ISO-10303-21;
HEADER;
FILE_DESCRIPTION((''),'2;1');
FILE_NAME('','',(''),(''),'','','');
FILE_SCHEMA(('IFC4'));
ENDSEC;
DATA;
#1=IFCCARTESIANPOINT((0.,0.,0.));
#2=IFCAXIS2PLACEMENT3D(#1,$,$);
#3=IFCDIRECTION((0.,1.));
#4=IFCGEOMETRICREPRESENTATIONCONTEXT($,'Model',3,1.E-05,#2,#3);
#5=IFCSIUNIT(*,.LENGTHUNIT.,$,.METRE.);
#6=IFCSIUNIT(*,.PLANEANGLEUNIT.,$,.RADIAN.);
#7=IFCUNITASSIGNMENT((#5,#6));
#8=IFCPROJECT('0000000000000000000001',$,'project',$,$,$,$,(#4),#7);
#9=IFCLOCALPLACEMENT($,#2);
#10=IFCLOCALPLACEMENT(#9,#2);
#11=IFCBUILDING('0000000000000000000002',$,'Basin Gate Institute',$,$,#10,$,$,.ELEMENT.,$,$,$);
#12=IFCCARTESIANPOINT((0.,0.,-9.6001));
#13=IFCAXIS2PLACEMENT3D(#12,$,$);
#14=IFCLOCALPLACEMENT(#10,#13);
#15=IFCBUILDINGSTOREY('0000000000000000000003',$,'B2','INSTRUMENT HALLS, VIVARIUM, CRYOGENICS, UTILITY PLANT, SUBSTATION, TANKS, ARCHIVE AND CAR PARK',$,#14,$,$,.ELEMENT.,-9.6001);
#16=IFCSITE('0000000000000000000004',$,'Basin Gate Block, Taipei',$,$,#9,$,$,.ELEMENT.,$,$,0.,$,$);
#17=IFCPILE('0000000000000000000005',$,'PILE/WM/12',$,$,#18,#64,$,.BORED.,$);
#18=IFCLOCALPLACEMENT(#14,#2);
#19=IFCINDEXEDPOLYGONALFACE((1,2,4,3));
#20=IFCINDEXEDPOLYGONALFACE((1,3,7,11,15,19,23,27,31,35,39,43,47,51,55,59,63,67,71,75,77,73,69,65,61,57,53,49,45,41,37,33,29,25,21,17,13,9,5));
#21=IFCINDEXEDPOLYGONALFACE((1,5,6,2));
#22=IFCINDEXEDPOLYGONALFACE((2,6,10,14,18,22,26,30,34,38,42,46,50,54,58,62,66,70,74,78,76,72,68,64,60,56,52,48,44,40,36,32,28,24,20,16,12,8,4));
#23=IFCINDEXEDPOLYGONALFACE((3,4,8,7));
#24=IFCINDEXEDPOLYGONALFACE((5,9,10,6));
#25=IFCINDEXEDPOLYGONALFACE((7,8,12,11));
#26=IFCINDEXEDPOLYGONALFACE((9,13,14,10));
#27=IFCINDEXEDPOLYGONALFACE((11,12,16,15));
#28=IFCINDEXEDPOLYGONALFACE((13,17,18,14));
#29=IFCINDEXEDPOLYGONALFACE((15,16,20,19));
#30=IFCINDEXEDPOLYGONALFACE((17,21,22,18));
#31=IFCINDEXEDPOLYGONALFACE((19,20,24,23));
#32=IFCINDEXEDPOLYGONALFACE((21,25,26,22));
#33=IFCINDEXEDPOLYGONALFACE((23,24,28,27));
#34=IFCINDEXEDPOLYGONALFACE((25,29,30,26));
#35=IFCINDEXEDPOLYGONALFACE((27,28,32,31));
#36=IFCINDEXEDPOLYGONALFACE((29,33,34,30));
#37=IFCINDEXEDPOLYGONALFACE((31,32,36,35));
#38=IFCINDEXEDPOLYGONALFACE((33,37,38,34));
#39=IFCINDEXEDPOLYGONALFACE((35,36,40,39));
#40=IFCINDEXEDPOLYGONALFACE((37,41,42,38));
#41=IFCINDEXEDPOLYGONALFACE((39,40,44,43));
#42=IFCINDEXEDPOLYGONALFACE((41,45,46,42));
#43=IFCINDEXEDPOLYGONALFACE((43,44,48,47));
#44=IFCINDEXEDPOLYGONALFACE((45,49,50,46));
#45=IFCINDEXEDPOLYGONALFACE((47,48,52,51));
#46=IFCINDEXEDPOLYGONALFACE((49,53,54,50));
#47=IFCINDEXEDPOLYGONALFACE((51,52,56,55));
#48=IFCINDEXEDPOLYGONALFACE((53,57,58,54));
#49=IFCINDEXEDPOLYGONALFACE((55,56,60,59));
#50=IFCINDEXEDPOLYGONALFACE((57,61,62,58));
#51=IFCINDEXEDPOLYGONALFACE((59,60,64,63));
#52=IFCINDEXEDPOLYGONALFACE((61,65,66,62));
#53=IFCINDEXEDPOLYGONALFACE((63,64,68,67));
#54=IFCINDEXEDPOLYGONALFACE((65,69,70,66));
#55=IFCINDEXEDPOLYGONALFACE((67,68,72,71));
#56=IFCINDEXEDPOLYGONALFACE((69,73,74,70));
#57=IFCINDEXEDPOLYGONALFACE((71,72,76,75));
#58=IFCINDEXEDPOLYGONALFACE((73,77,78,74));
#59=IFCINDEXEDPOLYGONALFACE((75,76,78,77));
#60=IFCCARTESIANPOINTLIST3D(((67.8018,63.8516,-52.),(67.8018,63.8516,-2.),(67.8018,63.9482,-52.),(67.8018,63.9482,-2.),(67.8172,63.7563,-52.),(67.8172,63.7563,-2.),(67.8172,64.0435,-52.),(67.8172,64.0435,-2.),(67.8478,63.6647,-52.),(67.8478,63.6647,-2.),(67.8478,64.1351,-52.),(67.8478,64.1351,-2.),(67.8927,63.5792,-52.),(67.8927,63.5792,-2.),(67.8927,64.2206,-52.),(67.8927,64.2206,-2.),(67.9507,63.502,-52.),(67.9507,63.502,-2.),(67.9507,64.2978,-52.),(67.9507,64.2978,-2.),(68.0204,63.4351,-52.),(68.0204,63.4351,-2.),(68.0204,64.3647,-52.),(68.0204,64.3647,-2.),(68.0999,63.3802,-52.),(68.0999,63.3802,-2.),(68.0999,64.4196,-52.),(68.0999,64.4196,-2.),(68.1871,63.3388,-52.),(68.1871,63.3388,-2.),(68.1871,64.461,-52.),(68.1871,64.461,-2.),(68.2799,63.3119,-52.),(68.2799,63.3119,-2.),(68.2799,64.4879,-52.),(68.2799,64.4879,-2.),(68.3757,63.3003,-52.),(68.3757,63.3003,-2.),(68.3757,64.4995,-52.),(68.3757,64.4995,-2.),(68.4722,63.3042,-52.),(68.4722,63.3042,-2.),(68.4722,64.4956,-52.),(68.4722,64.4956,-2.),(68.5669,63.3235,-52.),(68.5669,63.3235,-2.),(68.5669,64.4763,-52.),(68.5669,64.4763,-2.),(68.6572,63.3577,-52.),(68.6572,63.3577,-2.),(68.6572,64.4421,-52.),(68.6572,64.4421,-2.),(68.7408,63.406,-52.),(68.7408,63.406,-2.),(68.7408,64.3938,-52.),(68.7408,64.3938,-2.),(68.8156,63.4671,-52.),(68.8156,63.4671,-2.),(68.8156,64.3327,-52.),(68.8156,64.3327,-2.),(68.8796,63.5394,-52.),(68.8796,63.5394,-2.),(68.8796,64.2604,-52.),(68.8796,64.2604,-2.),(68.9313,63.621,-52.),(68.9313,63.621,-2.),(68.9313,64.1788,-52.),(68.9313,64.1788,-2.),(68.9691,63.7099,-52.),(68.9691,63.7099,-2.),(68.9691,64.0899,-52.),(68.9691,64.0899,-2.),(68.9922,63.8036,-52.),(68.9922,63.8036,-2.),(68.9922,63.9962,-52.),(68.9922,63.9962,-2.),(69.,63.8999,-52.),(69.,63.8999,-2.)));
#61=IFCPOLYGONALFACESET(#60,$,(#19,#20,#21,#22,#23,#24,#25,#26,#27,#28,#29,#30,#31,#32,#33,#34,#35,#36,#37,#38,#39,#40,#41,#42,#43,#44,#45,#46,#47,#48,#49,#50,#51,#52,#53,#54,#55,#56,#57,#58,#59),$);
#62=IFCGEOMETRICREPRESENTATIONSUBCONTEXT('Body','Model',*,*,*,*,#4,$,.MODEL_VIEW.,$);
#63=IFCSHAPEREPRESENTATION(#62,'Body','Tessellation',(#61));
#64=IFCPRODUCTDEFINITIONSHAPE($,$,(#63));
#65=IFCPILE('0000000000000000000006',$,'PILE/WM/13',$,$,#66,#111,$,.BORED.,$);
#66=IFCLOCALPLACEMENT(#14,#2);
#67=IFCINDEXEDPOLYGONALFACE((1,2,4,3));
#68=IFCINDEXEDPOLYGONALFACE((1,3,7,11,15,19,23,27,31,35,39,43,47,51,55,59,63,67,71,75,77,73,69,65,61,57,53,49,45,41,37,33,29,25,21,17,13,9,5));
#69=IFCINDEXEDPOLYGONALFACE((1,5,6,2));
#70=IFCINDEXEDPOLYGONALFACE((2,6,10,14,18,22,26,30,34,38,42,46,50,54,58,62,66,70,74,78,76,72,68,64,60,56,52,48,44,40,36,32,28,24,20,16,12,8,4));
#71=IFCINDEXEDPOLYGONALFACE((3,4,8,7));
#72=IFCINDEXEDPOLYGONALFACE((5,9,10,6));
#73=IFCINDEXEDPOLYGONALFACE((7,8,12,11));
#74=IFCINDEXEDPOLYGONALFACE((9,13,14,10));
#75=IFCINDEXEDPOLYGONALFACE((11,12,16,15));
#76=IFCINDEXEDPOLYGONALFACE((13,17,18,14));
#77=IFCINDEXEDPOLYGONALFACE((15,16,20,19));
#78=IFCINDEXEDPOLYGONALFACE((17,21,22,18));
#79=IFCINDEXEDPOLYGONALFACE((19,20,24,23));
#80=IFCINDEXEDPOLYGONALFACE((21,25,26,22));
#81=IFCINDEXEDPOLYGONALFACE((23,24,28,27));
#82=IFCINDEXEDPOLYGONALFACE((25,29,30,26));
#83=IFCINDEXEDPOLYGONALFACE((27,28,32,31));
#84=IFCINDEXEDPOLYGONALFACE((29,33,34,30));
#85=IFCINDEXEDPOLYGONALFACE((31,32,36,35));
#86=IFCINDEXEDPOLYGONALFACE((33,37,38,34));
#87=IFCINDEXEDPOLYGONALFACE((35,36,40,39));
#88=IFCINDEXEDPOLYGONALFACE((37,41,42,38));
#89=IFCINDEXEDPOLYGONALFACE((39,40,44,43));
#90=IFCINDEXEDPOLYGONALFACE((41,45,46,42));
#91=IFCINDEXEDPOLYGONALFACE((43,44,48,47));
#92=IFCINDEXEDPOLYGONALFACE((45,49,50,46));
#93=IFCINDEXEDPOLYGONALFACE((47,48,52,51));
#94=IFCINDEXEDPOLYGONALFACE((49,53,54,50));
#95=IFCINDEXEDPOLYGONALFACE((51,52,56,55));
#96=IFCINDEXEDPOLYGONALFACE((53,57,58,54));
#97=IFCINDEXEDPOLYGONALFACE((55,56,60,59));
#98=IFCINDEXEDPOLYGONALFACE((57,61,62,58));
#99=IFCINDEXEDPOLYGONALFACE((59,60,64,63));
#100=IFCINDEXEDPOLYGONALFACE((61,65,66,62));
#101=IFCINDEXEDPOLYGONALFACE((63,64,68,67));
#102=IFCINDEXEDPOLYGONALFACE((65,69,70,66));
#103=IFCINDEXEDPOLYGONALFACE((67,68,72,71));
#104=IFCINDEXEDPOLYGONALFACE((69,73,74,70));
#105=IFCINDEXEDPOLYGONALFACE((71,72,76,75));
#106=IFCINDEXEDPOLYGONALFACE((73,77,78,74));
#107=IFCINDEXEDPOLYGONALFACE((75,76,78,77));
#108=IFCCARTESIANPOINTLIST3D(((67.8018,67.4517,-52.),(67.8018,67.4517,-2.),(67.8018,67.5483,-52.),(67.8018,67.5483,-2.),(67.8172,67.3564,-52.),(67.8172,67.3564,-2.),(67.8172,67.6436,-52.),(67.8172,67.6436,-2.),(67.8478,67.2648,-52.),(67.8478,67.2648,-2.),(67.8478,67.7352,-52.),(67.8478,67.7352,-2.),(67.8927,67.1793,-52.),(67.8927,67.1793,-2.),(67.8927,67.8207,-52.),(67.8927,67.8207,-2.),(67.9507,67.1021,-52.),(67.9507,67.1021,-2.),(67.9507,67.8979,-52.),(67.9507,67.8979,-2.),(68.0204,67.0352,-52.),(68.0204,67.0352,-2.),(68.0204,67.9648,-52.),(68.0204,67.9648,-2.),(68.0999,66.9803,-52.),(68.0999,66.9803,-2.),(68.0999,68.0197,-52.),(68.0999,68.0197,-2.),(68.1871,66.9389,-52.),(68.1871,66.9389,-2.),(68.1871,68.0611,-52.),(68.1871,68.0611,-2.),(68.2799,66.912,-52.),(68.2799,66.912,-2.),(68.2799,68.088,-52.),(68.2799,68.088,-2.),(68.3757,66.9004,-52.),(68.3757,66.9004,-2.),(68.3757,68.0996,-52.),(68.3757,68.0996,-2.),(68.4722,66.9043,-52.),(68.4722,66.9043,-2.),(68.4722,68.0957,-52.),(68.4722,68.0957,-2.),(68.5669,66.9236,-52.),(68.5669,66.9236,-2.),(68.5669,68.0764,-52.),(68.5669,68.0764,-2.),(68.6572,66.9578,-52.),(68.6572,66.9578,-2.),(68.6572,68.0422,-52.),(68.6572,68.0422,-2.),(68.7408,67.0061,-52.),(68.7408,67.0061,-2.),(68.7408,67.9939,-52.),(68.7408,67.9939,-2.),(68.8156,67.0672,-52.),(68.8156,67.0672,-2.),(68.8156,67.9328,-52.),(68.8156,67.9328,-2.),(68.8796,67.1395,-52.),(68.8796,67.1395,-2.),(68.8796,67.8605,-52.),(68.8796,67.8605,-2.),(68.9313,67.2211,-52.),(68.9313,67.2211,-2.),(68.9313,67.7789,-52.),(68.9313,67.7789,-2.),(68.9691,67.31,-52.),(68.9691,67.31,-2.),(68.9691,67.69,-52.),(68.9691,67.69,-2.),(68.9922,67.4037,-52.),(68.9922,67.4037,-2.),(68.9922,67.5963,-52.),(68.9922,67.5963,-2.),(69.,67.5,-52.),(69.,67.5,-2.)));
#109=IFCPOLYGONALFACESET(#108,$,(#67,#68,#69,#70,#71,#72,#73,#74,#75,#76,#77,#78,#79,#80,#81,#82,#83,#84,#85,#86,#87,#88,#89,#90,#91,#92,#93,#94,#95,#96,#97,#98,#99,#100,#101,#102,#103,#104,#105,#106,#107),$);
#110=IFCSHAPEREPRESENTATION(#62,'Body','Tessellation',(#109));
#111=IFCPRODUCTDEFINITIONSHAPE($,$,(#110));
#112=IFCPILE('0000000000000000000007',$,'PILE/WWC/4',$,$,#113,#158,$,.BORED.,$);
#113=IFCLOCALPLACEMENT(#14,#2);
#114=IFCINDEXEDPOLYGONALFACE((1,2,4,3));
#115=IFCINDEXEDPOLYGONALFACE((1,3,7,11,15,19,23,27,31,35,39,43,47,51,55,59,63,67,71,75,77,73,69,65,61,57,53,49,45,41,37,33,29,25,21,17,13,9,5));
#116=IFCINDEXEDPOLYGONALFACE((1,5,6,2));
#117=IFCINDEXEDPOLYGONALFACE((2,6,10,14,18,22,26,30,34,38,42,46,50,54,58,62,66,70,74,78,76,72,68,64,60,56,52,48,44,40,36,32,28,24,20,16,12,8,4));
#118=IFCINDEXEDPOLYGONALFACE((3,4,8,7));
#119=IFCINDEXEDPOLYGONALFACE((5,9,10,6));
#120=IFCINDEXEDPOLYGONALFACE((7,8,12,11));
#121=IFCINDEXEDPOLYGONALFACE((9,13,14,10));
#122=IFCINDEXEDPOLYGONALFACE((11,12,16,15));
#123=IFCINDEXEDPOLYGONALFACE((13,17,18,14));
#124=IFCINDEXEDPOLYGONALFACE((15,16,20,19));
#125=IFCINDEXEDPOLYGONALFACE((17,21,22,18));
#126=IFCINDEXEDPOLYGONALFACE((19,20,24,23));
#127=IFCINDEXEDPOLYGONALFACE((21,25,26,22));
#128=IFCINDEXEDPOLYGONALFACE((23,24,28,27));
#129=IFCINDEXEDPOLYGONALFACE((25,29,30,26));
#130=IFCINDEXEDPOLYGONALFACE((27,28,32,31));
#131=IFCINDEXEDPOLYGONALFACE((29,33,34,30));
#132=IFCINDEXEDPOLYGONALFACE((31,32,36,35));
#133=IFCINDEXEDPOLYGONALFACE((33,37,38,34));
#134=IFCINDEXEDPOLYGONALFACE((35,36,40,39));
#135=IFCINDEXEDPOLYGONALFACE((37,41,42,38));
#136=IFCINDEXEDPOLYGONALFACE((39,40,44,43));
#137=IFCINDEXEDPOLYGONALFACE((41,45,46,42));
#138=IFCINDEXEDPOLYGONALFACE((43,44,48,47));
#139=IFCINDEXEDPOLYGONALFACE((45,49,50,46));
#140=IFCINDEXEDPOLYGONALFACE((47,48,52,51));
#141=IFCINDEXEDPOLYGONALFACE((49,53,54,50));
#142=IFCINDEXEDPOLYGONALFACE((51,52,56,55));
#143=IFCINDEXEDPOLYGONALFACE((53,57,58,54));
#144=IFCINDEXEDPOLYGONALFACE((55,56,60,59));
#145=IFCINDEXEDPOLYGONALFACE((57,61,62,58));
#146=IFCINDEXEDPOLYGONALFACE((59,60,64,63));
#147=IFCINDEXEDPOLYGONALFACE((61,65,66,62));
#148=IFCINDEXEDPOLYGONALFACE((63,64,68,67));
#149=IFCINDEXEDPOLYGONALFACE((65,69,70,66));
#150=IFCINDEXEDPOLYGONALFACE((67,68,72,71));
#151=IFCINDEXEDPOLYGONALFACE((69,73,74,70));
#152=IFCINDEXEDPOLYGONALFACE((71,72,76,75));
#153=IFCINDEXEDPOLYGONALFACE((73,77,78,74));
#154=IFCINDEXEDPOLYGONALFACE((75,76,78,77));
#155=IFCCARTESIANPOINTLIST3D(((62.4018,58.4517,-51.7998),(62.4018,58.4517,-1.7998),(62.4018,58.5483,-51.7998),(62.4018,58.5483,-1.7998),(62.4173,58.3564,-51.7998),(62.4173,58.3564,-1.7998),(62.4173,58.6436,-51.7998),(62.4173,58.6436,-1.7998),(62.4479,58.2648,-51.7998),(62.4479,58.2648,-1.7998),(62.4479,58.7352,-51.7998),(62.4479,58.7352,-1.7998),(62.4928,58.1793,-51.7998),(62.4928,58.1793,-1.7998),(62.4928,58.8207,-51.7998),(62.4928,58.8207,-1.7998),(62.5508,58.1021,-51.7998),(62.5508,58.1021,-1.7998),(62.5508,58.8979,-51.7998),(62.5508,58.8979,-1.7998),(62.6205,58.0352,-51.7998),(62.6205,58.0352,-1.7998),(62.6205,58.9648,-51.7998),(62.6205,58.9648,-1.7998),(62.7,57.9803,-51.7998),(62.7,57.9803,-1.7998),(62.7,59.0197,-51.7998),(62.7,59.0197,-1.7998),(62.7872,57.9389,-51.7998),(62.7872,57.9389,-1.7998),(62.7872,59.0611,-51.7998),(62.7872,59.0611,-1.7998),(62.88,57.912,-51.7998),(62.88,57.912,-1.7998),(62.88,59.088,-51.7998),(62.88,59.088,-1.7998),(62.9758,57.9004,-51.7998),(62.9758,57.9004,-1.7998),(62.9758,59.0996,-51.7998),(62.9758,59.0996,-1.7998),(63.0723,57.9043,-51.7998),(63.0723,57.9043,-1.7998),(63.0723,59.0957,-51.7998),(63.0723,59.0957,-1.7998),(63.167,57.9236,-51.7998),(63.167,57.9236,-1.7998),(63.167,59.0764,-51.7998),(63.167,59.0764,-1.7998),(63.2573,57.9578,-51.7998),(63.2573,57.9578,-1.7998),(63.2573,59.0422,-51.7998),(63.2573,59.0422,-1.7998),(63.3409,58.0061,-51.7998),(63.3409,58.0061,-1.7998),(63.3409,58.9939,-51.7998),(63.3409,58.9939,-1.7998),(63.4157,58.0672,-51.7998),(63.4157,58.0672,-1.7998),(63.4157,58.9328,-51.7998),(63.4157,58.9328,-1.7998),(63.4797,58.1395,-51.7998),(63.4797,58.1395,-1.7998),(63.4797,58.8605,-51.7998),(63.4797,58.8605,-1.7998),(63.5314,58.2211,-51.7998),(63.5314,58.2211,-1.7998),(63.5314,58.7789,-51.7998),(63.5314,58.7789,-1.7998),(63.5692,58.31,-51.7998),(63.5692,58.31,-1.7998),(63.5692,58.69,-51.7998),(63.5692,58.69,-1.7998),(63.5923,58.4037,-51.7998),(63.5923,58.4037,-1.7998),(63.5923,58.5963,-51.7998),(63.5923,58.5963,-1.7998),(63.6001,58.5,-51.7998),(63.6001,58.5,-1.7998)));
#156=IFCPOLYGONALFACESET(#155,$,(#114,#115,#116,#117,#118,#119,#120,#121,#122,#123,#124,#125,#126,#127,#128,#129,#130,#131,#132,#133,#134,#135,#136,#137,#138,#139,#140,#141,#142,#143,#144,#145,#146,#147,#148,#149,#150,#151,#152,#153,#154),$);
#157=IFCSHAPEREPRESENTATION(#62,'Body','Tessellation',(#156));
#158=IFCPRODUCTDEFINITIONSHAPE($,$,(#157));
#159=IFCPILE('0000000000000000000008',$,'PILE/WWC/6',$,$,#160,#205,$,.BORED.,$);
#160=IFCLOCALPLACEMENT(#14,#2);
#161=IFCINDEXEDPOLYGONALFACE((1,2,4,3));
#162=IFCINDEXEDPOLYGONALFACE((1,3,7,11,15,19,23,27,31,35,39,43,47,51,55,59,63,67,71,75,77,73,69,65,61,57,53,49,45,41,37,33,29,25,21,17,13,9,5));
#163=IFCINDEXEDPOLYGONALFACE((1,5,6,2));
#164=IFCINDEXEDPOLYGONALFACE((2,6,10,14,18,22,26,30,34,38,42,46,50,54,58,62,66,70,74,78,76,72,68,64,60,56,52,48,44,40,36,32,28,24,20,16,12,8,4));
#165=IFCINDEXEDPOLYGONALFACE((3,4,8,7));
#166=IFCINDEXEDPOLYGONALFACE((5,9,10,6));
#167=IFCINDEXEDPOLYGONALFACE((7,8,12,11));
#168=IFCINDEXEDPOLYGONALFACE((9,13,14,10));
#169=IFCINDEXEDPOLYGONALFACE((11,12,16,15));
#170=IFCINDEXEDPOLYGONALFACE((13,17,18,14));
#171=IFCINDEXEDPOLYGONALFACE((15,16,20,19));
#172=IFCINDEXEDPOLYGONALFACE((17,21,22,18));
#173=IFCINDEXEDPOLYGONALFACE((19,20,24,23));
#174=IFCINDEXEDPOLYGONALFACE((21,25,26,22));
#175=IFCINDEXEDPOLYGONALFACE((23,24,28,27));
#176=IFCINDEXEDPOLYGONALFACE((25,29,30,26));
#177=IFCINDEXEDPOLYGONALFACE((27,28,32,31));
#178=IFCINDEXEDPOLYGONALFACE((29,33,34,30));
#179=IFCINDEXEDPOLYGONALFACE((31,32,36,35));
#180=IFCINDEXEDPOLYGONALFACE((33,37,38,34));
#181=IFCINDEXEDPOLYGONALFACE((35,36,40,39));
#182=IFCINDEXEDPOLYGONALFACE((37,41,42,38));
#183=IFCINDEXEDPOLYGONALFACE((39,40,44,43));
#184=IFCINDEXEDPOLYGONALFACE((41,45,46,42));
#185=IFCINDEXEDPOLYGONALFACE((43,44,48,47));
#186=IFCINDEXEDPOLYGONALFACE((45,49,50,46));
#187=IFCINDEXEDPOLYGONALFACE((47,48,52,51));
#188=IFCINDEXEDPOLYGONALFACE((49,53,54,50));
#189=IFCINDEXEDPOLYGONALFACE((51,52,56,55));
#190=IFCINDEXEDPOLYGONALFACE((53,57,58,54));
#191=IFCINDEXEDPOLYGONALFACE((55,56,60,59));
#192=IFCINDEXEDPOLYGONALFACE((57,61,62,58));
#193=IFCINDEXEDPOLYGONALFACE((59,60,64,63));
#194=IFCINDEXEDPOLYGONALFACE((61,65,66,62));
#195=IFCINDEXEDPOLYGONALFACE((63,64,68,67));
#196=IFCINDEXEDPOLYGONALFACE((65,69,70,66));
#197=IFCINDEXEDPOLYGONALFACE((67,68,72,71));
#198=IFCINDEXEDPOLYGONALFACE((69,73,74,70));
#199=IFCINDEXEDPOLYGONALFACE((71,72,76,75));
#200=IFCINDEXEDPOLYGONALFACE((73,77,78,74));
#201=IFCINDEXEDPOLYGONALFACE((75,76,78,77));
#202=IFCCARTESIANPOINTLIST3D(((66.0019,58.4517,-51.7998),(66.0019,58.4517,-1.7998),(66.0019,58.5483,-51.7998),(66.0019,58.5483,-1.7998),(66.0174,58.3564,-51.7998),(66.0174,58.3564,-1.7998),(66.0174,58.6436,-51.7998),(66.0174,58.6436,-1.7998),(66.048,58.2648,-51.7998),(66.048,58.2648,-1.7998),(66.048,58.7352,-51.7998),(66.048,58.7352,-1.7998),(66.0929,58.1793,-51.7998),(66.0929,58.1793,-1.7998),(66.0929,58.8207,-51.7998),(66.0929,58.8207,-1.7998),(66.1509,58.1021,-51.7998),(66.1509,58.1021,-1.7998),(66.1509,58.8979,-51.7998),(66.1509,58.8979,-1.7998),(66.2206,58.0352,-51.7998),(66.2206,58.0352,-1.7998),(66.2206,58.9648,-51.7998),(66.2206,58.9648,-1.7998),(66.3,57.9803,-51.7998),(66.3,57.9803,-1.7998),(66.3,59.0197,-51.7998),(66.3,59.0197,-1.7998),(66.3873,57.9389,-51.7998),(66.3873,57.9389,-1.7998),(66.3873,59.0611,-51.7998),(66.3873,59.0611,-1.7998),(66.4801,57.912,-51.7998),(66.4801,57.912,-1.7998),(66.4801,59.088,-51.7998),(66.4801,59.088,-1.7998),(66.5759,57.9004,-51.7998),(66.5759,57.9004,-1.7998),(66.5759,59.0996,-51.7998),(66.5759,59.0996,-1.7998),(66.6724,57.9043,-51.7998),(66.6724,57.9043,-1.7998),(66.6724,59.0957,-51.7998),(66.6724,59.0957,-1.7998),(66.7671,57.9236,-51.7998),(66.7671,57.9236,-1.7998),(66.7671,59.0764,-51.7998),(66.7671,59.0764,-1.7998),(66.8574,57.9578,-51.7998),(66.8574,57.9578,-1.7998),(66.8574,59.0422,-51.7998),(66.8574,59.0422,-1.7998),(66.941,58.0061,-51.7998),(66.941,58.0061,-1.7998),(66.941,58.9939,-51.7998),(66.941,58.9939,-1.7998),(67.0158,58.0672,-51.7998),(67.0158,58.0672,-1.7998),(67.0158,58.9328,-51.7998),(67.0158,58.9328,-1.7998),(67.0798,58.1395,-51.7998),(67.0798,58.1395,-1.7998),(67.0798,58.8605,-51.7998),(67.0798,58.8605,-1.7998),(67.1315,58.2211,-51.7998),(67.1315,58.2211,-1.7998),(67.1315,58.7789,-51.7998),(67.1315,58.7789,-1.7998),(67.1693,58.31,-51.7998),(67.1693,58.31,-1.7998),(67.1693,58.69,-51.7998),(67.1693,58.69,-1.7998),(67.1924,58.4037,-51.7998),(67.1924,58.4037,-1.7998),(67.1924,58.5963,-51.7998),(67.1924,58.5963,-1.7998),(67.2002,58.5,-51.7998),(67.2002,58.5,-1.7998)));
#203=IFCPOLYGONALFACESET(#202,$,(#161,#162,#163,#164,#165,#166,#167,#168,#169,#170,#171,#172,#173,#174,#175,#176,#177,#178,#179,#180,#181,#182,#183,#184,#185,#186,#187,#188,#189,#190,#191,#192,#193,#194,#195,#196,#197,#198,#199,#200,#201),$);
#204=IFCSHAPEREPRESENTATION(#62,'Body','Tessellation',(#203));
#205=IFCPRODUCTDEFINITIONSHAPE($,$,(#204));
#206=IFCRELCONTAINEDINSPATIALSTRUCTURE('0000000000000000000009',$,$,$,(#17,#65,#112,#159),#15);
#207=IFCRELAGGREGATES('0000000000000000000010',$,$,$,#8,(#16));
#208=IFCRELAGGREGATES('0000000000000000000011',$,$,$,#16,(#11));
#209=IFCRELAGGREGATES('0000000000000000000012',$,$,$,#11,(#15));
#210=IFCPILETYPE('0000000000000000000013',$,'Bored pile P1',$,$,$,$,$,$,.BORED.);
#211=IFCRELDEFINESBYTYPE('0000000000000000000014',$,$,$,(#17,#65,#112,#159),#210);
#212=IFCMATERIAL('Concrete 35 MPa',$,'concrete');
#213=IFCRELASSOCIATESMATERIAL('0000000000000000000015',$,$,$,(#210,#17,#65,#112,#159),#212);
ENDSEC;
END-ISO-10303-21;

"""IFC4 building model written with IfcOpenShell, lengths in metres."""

from ifc_helpers import new_model, si_unit, direction, frame, origin, origin_2d, place, context, subcontext, project, spatial, circle, extrude, material, material_profile, profile_set, type_object, element, save


model = new_model("IFC4")

# Units and contexts
model_context = context("Model", 3, precision=1e-05, world=origin(), true_north=direction((0.0, 1.0)))
body_context = subcontext(model_context, "Body", "Model", "MODEL_VIEW")
ifc_project = project(units=[si_unit("LENGTHUNIT", "METRE"), si_unit("PLANEANGLEUNIT", "RADIAN")], contexts=[model_context])

# Site, building, storey
site_placement = place(None, origin())
site = spatial("IfcSite", under=ifc_project, at=site_placement, Name="Basin Gate Block, Taipei", CompositionType="ELEMENT", RefElevation=0.0)
building_placement = place(site_placement, origin())
building = spatial("IfcBuilding", under=site, at=building_placement, Name="Basin Gate Institute", CompositionType="ELEMENT")
storey_placement = place(building_placement, frame((0.0, 0.0, -9.6001)))
storey = spatial("IfcBuildingStorey", under=building, at=storey_placement, Name="B2", Description="INSTRUMENT HALLS, VIVARIUM, CRYOGENICS, UTILITY PLANT, SUBSTATION, TANKS, ARCHIVE AND CAR PARK", CompositionType="ELEMENT", Elevation=-9.6001)

# Piles
ifc_material_1 = material(Name="Concrete 35 MPa", Category="concrete")
ifc_material_profile_1 = material_profile(ifc_material_1, circle(Radius=0.6001, at=origin_2d()), Name="Bored pile P1 1200 dia")
ifc_profile_set_1 = profile_set([ifc_material_profile_1], Name="Concrete 35 MPa")
pile_type = type_object("IfcPileType", Name="Bored pile P1", PredefinedType="BORED", material=ifc_profile_set_1)
for number, where, z_axis, x_axis, name in (
    (1, (68.3999, 63.8999, -2.0), (0.0, 0.0, -1.0), (1.0, 0.0, 0.0), "PILE/WM/12"),
    (2, (68.3999, 67.5, -2.0), (0.0, 0.0, -1.0), (1.0, 0.0, 0.0), "PILE/WM/13"),
    (3, (63.0, 58.5, -1.7998), (0.0, 0.0, -1.0), (1.0, 0.0, 0.0), "PILE/WWC/4"),
    (4, (66.6001, 58.5, -1.7998), (0.0, 0.0, -1.0), (1.0, 0.0, 0.0), "PILE/WWC/6"),
):
    element("IfcPile", number, at=place(storey_placement, frame(where, z_axis=z_axis, x_axis=x_axis)), inside=storey, type_object=pile_type, material=ifc_profile_set_1, Name=name, PredefinedType="BORED", context=body_context, shape_type="SweptSolid", body=[
        extrude(circle(Radius=0.6001, at=origin_2d()), origin(), (0.0, 0.0, 1.0), 50.0),
    ])

save(model, "model.ifc")
